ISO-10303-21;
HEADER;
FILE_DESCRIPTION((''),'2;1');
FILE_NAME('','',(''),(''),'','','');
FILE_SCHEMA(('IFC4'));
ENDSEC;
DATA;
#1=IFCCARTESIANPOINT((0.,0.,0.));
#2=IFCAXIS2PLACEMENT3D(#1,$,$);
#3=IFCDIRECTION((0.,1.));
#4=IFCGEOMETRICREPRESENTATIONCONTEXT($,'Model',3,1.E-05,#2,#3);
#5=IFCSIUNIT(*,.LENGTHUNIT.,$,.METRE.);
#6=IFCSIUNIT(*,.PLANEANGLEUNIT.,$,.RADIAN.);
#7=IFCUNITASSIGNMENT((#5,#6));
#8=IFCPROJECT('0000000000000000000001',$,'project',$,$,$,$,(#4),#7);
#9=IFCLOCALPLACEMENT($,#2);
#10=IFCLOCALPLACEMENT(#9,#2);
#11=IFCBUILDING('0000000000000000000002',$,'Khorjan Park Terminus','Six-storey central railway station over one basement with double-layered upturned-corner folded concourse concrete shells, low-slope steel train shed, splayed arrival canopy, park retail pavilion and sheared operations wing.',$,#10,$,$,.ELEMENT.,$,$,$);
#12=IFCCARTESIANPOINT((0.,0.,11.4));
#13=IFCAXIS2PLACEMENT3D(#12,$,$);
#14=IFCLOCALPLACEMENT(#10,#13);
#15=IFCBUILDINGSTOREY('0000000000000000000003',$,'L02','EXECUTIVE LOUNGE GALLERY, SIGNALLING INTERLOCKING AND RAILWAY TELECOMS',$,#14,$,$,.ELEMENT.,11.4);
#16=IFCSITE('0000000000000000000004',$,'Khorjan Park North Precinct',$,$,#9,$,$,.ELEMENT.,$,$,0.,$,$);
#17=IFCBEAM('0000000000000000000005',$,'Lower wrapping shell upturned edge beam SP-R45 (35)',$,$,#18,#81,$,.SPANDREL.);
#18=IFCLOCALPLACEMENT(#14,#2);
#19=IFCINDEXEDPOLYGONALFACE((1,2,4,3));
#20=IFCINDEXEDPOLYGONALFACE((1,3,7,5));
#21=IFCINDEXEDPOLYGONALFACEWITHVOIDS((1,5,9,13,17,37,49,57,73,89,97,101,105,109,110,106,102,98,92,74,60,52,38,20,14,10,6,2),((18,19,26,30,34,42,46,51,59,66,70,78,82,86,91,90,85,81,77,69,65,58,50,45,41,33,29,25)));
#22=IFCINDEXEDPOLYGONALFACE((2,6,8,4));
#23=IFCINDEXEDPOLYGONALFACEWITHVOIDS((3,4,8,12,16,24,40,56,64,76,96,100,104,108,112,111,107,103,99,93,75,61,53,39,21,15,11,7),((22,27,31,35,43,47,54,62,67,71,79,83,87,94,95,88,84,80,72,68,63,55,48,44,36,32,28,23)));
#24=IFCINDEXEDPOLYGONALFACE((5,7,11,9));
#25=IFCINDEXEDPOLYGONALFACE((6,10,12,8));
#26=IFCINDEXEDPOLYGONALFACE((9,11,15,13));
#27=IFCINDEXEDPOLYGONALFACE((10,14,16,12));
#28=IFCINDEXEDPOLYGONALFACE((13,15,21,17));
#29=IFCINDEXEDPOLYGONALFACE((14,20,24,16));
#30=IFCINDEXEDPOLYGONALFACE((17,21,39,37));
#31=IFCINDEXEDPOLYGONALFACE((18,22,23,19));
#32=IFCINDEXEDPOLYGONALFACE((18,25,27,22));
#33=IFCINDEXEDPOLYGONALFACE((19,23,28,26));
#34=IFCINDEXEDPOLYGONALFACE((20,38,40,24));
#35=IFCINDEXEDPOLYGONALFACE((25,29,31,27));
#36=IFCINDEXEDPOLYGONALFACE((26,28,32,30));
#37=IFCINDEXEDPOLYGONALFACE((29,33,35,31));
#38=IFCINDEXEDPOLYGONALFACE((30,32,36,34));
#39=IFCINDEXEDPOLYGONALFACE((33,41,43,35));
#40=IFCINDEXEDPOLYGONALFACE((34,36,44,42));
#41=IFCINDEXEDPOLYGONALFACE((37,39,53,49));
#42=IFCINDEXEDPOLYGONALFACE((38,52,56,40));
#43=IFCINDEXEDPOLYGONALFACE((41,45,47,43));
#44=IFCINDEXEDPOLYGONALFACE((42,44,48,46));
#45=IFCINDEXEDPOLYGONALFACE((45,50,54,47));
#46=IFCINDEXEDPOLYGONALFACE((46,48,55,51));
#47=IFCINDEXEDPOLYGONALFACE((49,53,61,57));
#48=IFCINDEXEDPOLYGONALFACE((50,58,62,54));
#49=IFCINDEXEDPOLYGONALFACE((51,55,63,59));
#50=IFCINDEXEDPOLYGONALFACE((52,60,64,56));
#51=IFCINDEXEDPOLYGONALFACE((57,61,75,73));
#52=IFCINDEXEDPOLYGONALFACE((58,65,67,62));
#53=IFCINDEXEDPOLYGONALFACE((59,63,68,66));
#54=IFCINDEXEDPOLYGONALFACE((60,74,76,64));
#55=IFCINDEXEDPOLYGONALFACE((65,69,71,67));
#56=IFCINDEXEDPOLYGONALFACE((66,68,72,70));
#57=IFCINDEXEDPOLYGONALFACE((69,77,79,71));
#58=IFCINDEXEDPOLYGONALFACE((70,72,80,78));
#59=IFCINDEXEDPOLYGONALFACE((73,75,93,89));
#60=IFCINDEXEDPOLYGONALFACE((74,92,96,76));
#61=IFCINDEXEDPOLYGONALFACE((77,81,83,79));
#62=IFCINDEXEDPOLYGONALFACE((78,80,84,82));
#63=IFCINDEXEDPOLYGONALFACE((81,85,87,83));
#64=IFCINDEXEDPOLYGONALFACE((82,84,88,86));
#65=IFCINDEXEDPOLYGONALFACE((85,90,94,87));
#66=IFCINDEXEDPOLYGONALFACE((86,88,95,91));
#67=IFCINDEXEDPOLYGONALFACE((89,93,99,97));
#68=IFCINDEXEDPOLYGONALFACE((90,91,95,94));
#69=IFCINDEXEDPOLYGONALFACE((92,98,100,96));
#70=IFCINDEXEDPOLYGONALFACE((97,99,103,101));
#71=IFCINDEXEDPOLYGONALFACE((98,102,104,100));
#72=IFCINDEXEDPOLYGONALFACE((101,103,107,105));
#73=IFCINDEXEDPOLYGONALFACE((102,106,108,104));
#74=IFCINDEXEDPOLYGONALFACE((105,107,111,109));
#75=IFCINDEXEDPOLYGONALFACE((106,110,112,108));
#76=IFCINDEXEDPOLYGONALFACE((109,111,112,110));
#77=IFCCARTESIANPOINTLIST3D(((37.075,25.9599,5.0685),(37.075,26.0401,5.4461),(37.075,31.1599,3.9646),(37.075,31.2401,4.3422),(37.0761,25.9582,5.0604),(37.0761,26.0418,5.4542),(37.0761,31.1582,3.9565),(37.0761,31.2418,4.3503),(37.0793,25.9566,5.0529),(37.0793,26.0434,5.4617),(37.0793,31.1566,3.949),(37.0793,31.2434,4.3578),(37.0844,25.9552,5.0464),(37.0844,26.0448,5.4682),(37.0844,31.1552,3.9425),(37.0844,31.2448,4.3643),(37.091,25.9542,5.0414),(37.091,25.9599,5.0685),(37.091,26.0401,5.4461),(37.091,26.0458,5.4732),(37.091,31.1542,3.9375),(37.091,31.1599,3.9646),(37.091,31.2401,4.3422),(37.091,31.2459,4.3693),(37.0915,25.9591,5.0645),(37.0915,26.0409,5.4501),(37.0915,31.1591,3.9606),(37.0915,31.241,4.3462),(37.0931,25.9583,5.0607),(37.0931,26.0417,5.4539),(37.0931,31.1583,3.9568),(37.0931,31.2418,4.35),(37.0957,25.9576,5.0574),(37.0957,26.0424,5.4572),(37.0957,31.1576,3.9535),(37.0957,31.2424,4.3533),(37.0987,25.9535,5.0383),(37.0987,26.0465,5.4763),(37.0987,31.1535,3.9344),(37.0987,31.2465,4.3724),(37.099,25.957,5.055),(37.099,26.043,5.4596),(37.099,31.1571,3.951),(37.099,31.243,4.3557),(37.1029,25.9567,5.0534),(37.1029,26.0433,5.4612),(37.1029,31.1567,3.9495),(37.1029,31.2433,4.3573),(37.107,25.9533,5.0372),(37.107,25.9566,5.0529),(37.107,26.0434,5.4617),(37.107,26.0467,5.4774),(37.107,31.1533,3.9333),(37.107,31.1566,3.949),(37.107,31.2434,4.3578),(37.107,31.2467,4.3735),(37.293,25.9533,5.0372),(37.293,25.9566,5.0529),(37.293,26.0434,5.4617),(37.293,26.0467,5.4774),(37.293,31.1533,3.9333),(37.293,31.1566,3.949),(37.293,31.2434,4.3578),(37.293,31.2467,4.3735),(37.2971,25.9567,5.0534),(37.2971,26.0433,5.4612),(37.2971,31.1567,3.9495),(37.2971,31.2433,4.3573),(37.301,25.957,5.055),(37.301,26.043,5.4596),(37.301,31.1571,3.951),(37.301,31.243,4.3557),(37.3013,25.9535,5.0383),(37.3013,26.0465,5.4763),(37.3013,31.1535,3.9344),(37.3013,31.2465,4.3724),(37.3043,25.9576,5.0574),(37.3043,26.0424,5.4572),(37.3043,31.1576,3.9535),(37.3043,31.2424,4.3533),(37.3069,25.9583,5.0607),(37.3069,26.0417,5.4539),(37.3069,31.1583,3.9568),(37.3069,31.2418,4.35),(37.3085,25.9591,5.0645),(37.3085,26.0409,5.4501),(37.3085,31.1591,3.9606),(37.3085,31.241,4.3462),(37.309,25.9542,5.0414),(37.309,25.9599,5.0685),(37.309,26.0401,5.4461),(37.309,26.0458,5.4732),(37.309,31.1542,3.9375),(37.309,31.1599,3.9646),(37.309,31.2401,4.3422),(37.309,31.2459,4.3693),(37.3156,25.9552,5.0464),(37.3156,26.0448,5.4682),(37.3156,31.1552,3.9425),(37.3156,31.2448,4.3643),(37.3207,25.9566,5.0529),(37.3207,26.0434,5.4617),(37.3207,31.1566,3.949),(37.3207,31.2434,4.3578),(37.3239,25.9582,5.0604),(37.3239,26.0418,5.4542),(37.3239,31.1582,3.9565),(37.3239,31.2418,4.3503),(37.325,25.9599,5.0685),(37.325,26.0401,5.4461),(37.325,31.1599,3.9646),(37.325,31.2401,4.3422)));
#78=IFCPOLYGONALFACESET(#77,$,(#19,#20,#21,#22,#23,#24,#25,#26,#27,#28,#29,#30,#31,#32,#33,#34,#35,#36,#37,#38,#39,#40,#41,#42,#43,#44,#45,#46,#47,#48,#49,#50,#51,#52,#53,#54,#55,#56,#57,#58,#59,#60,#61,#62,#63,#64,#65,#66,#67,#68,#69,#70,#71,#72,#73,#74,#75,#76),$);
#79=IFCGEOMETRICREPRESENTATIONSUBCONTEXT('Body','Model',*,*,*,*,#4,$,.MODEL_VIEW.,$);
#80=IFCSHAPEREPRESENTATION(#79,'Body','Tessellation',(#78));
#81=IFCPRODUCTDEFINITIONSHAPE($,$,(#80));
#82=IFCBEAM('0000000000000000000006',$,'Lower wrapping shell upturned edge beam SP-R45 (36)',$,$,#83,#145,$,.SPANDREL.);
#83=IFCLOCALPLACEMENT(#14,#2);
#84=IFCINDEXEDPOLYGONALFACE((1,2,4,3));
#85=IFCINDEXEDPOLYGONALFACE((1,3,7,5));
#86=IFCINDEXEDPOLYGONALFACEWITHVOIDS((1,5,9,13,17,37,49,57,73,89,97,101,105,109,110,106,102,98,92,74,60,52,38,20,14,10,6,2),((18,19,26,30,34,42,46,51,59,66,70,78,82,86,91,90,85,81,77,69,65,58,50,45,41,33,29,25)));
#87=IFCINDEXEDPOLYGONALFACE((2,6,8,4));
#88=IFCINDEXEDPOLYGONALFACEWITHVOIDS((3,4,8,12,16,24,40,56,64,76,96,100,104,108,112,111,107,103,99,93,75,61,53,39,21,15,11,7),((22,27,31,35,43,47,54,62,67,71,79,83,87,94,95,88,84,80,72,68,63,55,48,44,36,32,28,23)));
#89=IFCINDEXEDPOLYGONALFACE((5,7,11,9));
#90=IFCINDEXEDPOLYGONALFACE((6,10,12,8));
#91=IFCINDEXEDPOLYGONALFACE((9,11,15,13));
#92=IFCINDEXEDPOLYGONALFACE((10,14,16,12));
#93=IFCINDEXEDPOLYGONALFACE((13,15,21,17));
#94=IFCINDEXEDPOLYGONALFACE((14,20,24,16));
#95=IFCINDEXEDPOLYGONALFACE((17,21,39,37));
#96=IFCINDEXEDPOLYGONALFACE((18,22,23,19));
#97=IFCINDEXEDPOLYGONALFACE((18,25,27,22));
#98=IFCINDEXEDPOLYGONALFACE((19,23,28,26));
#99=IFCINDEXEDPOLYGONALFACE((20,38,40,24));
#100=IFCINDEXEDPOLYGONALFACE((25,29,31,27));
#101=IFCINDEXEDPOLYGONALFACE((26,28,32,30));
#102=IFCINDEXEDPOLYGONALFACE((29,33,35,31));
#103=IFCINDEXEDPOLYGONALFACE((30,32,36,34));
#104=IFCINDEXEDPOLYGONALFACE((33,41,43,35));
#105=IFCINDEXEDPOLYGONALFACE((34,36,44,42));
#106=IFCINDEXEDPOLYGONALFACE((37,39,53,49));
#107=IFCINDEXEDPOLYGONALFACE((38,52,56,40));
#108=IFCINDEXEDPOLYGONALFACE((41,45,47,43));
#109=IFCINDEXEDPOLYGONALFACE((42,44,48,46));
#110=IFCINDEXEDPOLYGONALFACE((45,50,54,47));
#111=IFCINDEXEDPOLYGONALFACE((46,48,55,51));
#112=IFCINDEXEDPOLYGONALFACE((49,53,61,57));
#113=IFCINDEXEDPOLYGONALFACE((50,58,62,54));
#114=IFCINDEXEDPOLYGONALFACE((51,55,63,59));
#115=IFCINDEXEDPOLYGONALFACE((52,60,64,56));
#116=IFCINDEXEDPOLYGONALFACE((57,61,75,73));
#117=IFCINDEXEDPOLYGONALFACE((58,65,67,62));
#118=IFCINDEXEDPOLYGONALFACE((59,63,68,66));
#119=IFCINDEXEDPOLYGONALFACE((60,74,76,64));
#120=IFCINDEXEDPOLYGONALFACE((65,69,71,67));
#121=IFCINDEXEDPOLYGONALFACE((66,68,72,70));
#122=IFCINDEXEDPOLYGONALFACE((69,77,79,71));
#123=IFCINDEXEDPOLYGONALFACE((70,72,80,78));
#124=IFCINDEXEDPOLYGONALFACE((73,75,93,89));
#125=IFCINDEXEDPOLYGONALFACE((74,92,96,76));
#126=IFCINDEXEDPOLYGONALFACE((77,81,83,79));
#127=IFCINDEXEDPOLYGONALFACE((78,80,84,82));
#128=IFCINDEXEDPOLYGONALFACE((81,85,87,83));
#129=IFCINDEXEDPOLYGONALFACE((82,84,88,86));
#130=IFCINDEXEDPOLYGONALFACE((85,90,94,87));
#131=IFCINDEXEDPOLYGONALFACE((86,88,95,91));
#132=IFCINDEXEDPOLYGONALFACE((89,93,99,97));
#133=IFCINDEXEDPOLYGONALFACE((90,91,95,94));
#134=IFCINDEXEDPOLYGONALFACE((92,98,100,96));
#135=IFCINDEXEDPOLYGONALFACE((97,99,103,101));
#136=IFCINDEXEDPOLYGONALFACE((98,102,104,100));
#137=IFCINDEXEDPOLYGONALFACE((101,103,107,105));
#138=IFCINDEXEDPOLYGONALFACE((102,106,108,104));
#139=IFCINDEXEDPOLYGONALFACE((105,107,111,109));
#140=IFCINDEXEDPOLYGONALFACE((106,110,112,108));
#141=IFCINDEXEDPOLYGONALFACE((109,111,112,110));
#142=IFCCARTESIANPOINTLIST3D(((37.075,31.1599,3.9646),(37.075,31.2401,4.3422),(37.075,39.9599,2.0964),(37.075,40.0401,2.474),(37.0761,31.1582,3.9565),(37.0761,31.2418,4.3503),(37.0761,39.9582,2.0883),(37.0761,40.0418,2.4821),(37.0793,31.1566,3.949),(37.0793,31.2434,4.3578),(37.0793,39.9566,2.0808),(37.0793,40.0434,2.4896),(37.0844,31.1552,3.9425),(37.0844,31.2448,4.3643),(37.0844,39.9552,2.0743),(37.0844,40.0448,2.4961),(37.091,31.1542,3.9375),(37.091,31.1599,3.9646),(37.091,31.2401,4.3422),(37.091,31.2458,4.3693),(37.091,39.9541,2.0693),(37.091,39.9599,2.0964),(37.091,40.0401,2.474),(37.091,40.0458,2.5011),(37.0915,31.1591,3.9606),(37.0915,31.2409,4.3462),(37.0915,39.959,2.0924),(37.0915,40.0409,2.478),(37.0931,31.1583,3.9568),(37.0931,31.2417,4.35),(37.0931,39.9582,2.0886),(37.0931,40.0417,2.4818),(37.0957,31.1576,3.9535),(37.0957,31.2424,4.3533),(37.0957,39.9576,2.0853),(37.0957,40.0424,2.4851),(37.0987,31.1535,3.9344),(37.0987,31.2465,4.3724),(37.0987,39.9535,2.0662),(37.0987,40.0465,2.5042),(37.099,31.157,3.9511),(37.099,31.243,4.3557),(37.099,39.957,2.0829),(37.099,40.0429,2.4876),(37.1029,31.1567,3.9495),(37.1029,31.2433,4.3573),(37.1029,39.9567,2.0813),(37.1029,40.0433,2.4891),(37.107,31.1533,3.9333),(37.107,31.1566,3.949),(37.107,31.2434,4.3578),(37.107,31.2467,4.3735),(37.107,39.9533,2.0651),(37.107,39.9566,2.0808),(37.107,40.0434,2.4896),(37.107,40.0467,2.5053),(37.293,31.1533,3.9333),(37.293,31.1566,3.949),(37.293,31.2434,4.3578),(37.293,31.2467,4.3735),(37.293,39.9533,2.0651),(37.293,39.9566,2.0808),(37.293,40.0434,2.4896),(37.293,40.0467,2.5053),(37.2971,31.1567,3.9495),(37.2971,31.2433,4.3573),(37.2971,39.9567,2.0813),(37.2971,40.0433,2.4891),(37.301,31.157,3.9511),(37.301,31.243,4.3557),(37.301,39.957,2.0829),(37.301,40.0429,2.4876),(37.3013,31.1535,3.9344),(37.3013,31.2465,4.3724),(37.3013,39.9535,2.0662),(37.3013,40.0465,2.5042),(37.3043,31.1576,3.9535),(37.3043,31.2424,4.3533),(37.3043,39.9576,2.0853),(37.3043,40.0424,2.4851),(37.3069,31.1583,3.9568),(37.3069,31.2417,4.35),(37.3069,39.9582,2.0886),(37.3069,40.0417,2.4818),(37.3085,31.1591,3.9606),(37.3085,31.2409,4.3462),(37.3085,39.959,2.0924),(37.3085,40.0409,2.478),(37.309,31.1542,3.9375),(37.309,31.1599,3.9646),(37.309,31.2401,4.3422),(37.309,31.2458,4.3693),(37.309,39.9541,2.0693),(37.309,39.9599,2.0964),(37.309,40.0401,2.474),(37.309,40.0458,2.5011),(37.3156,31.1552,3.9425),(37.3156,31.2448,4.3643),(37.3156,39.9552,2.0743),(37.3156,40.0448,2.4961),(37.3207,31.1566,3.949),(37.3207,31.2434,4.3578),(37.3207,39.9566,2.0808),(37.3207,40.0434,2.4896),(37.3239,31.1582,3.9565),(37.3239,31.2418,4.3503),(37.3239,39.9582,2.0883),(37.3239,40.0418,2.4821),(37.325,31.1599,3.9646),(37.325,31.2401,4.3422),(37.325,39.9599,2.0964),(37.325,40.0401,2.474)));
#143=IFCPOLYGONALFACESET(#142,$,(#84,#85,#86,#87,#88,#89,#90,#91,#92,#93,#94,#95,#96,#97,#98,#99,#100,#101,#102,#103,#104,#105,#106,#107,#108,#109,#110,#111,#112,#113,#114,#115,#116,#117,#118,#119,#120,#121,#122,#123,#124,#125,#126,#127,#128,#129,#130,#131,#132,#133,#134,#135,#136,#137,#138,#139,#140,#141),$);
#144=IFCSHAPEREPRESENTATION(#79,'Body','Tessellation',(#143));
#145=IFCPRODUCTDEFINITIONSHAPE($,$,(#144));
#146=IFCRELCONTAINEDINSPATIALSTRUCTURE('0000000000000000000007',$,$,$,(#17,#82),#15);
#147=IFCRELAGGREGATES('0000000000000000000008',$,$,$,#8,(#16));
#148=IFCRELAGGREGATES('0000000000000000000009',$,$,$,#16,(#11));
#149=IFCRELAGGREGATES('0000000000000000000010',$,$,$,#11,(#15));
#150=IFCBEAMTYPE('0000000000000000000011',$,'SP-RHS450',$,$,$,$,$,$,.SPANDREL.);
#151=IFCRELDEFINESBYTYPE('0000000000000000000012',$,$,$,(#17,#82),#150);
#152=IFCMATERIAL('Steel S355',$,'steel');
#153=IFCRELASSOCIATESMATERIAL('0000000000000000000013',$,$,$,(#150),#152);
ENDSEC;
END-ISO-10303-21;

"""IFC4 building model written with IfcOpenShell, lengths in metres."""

from ifc_helpers import new_model, si_unit, direction, frame, origin, origin_2d, place, context, subcontext, project, spatial, hollow_rectangle, extrude, material, material_profile, profile_set, type_object, element, save


model = new_model("IFC4")

# Units and contexts
model_context = context("Model", 3, precision=1e-05, world=origin(), true_north=direction((0.0, 1.0)))
body_context = subcontext(model_context, "Body", "Model", "MODEL_VIEW")
ifc_project = project(units=[si_unit("LENGTHUNIT", "METRE"), si_unit("PLANEANGLEUNIT", "RADIAN")], contexts=[model_context])

# Site, building, storey
site_placement = place(None, origin())
site = spatial("IfcSite", under=ifc_project, at=site_placement, Name="Khorjan Park North Precinct", CompositionType="ELEMENT", RefElevation=0.0)
building_placement = place(site_placement, origin())
building = spatial("IfcBuilding", under=site, at=building_placement, Name="Khorjan Park Terminus", Description="Six-storey central railway station over one basement with double-layered upturned-corner folded concourse concrete shells, low-slope steel train shed, splayed arrival canopy, park retail pavilion and sheared operations wing.", CompositionType="ELEMENT")
storey_placement = place(building_placement, frame((0.0, 0.0, 11.4)))
storey = spatial("IfcBuildingStorey", under=building, at=storey_placement, Name="L02", Description="EXECUTIVE LOUNGE GALLERY, SIGNALLING INTERLOCKING AND RAILWAY TELECOMS", CompositionType="ELEMENT", Elevation=11.4)

# Shared definitions
ifc_material_1 = material(Name="Steel S355", Category="steel")

# Beams
ifc_material_profile_1 = material_profile(ifc_material_1, hollow_rectangle(XDim=0.25, YDim=0.45, WallThickness=0.016, InnerFilletRadius=0.016, OuterFilletRadius=0.032, at=origin_2d()), Name="RHS 450x250x16")
ifc_profile_set_1 = profile_set([ifc_material_profile_1], Name="Steel S355")
beam_type = type_object("IfcBeamType", Name="SP-RHS450", PredefinedType="SPANDREL", material=ifc_profile_set_1)
beam_1_placement = place(storey_placement, frame((37.2, 26.0, 5.2573), z_axis=(0.0, 0.978201, -0.207661), x_axis=(-1.0, 0.0, 0.0)))
element("IfcBeam", 1, at=beam_1_placement, inside=storey, type_object=beam_type, Name="Lower wrapping shell upturned edge beam SP-R45 (35)", PredefinedType="SPANDREL", context=body_context, shape_type="SweptSolid", body=[
    extrude(hollow_rectangle(XDim=0.25, YDim=0.45, WallThickness=0.016, InnerFilletRadius=0.016, OuterFilletRadius=0.032, at=origin_2d()), origin(), (0.0, 0.0, 1.0), 5.3159),
])
beam_2_placement = place(storey_placement, frame((37.2, 31.2, 4.1534), z_axis=(0.0, 0.9782, -0.207667), x_axis=(-1.0, 0.0, 0.0)))
element("IfcBeam", 2, at=beam_2_placement, inside=storey, type_object=beam_type, Name="Lower wrapping shell upturned edge beam SP-R45 (36)", PredefinedType="SPANDREL", context=body_context, shape_type="SweptSolid", body=[
    extrude(hollow_rectangle(XDim=0.25, YDim=0.45, WallThickness=0.016, InnerFilletRadius=0.016, OuterFilletRadius=0.032, at=origin_2d()), origin(), (0.0, 0.0, 1.0), 8.9961),
])

save(model, "model.ifc")
